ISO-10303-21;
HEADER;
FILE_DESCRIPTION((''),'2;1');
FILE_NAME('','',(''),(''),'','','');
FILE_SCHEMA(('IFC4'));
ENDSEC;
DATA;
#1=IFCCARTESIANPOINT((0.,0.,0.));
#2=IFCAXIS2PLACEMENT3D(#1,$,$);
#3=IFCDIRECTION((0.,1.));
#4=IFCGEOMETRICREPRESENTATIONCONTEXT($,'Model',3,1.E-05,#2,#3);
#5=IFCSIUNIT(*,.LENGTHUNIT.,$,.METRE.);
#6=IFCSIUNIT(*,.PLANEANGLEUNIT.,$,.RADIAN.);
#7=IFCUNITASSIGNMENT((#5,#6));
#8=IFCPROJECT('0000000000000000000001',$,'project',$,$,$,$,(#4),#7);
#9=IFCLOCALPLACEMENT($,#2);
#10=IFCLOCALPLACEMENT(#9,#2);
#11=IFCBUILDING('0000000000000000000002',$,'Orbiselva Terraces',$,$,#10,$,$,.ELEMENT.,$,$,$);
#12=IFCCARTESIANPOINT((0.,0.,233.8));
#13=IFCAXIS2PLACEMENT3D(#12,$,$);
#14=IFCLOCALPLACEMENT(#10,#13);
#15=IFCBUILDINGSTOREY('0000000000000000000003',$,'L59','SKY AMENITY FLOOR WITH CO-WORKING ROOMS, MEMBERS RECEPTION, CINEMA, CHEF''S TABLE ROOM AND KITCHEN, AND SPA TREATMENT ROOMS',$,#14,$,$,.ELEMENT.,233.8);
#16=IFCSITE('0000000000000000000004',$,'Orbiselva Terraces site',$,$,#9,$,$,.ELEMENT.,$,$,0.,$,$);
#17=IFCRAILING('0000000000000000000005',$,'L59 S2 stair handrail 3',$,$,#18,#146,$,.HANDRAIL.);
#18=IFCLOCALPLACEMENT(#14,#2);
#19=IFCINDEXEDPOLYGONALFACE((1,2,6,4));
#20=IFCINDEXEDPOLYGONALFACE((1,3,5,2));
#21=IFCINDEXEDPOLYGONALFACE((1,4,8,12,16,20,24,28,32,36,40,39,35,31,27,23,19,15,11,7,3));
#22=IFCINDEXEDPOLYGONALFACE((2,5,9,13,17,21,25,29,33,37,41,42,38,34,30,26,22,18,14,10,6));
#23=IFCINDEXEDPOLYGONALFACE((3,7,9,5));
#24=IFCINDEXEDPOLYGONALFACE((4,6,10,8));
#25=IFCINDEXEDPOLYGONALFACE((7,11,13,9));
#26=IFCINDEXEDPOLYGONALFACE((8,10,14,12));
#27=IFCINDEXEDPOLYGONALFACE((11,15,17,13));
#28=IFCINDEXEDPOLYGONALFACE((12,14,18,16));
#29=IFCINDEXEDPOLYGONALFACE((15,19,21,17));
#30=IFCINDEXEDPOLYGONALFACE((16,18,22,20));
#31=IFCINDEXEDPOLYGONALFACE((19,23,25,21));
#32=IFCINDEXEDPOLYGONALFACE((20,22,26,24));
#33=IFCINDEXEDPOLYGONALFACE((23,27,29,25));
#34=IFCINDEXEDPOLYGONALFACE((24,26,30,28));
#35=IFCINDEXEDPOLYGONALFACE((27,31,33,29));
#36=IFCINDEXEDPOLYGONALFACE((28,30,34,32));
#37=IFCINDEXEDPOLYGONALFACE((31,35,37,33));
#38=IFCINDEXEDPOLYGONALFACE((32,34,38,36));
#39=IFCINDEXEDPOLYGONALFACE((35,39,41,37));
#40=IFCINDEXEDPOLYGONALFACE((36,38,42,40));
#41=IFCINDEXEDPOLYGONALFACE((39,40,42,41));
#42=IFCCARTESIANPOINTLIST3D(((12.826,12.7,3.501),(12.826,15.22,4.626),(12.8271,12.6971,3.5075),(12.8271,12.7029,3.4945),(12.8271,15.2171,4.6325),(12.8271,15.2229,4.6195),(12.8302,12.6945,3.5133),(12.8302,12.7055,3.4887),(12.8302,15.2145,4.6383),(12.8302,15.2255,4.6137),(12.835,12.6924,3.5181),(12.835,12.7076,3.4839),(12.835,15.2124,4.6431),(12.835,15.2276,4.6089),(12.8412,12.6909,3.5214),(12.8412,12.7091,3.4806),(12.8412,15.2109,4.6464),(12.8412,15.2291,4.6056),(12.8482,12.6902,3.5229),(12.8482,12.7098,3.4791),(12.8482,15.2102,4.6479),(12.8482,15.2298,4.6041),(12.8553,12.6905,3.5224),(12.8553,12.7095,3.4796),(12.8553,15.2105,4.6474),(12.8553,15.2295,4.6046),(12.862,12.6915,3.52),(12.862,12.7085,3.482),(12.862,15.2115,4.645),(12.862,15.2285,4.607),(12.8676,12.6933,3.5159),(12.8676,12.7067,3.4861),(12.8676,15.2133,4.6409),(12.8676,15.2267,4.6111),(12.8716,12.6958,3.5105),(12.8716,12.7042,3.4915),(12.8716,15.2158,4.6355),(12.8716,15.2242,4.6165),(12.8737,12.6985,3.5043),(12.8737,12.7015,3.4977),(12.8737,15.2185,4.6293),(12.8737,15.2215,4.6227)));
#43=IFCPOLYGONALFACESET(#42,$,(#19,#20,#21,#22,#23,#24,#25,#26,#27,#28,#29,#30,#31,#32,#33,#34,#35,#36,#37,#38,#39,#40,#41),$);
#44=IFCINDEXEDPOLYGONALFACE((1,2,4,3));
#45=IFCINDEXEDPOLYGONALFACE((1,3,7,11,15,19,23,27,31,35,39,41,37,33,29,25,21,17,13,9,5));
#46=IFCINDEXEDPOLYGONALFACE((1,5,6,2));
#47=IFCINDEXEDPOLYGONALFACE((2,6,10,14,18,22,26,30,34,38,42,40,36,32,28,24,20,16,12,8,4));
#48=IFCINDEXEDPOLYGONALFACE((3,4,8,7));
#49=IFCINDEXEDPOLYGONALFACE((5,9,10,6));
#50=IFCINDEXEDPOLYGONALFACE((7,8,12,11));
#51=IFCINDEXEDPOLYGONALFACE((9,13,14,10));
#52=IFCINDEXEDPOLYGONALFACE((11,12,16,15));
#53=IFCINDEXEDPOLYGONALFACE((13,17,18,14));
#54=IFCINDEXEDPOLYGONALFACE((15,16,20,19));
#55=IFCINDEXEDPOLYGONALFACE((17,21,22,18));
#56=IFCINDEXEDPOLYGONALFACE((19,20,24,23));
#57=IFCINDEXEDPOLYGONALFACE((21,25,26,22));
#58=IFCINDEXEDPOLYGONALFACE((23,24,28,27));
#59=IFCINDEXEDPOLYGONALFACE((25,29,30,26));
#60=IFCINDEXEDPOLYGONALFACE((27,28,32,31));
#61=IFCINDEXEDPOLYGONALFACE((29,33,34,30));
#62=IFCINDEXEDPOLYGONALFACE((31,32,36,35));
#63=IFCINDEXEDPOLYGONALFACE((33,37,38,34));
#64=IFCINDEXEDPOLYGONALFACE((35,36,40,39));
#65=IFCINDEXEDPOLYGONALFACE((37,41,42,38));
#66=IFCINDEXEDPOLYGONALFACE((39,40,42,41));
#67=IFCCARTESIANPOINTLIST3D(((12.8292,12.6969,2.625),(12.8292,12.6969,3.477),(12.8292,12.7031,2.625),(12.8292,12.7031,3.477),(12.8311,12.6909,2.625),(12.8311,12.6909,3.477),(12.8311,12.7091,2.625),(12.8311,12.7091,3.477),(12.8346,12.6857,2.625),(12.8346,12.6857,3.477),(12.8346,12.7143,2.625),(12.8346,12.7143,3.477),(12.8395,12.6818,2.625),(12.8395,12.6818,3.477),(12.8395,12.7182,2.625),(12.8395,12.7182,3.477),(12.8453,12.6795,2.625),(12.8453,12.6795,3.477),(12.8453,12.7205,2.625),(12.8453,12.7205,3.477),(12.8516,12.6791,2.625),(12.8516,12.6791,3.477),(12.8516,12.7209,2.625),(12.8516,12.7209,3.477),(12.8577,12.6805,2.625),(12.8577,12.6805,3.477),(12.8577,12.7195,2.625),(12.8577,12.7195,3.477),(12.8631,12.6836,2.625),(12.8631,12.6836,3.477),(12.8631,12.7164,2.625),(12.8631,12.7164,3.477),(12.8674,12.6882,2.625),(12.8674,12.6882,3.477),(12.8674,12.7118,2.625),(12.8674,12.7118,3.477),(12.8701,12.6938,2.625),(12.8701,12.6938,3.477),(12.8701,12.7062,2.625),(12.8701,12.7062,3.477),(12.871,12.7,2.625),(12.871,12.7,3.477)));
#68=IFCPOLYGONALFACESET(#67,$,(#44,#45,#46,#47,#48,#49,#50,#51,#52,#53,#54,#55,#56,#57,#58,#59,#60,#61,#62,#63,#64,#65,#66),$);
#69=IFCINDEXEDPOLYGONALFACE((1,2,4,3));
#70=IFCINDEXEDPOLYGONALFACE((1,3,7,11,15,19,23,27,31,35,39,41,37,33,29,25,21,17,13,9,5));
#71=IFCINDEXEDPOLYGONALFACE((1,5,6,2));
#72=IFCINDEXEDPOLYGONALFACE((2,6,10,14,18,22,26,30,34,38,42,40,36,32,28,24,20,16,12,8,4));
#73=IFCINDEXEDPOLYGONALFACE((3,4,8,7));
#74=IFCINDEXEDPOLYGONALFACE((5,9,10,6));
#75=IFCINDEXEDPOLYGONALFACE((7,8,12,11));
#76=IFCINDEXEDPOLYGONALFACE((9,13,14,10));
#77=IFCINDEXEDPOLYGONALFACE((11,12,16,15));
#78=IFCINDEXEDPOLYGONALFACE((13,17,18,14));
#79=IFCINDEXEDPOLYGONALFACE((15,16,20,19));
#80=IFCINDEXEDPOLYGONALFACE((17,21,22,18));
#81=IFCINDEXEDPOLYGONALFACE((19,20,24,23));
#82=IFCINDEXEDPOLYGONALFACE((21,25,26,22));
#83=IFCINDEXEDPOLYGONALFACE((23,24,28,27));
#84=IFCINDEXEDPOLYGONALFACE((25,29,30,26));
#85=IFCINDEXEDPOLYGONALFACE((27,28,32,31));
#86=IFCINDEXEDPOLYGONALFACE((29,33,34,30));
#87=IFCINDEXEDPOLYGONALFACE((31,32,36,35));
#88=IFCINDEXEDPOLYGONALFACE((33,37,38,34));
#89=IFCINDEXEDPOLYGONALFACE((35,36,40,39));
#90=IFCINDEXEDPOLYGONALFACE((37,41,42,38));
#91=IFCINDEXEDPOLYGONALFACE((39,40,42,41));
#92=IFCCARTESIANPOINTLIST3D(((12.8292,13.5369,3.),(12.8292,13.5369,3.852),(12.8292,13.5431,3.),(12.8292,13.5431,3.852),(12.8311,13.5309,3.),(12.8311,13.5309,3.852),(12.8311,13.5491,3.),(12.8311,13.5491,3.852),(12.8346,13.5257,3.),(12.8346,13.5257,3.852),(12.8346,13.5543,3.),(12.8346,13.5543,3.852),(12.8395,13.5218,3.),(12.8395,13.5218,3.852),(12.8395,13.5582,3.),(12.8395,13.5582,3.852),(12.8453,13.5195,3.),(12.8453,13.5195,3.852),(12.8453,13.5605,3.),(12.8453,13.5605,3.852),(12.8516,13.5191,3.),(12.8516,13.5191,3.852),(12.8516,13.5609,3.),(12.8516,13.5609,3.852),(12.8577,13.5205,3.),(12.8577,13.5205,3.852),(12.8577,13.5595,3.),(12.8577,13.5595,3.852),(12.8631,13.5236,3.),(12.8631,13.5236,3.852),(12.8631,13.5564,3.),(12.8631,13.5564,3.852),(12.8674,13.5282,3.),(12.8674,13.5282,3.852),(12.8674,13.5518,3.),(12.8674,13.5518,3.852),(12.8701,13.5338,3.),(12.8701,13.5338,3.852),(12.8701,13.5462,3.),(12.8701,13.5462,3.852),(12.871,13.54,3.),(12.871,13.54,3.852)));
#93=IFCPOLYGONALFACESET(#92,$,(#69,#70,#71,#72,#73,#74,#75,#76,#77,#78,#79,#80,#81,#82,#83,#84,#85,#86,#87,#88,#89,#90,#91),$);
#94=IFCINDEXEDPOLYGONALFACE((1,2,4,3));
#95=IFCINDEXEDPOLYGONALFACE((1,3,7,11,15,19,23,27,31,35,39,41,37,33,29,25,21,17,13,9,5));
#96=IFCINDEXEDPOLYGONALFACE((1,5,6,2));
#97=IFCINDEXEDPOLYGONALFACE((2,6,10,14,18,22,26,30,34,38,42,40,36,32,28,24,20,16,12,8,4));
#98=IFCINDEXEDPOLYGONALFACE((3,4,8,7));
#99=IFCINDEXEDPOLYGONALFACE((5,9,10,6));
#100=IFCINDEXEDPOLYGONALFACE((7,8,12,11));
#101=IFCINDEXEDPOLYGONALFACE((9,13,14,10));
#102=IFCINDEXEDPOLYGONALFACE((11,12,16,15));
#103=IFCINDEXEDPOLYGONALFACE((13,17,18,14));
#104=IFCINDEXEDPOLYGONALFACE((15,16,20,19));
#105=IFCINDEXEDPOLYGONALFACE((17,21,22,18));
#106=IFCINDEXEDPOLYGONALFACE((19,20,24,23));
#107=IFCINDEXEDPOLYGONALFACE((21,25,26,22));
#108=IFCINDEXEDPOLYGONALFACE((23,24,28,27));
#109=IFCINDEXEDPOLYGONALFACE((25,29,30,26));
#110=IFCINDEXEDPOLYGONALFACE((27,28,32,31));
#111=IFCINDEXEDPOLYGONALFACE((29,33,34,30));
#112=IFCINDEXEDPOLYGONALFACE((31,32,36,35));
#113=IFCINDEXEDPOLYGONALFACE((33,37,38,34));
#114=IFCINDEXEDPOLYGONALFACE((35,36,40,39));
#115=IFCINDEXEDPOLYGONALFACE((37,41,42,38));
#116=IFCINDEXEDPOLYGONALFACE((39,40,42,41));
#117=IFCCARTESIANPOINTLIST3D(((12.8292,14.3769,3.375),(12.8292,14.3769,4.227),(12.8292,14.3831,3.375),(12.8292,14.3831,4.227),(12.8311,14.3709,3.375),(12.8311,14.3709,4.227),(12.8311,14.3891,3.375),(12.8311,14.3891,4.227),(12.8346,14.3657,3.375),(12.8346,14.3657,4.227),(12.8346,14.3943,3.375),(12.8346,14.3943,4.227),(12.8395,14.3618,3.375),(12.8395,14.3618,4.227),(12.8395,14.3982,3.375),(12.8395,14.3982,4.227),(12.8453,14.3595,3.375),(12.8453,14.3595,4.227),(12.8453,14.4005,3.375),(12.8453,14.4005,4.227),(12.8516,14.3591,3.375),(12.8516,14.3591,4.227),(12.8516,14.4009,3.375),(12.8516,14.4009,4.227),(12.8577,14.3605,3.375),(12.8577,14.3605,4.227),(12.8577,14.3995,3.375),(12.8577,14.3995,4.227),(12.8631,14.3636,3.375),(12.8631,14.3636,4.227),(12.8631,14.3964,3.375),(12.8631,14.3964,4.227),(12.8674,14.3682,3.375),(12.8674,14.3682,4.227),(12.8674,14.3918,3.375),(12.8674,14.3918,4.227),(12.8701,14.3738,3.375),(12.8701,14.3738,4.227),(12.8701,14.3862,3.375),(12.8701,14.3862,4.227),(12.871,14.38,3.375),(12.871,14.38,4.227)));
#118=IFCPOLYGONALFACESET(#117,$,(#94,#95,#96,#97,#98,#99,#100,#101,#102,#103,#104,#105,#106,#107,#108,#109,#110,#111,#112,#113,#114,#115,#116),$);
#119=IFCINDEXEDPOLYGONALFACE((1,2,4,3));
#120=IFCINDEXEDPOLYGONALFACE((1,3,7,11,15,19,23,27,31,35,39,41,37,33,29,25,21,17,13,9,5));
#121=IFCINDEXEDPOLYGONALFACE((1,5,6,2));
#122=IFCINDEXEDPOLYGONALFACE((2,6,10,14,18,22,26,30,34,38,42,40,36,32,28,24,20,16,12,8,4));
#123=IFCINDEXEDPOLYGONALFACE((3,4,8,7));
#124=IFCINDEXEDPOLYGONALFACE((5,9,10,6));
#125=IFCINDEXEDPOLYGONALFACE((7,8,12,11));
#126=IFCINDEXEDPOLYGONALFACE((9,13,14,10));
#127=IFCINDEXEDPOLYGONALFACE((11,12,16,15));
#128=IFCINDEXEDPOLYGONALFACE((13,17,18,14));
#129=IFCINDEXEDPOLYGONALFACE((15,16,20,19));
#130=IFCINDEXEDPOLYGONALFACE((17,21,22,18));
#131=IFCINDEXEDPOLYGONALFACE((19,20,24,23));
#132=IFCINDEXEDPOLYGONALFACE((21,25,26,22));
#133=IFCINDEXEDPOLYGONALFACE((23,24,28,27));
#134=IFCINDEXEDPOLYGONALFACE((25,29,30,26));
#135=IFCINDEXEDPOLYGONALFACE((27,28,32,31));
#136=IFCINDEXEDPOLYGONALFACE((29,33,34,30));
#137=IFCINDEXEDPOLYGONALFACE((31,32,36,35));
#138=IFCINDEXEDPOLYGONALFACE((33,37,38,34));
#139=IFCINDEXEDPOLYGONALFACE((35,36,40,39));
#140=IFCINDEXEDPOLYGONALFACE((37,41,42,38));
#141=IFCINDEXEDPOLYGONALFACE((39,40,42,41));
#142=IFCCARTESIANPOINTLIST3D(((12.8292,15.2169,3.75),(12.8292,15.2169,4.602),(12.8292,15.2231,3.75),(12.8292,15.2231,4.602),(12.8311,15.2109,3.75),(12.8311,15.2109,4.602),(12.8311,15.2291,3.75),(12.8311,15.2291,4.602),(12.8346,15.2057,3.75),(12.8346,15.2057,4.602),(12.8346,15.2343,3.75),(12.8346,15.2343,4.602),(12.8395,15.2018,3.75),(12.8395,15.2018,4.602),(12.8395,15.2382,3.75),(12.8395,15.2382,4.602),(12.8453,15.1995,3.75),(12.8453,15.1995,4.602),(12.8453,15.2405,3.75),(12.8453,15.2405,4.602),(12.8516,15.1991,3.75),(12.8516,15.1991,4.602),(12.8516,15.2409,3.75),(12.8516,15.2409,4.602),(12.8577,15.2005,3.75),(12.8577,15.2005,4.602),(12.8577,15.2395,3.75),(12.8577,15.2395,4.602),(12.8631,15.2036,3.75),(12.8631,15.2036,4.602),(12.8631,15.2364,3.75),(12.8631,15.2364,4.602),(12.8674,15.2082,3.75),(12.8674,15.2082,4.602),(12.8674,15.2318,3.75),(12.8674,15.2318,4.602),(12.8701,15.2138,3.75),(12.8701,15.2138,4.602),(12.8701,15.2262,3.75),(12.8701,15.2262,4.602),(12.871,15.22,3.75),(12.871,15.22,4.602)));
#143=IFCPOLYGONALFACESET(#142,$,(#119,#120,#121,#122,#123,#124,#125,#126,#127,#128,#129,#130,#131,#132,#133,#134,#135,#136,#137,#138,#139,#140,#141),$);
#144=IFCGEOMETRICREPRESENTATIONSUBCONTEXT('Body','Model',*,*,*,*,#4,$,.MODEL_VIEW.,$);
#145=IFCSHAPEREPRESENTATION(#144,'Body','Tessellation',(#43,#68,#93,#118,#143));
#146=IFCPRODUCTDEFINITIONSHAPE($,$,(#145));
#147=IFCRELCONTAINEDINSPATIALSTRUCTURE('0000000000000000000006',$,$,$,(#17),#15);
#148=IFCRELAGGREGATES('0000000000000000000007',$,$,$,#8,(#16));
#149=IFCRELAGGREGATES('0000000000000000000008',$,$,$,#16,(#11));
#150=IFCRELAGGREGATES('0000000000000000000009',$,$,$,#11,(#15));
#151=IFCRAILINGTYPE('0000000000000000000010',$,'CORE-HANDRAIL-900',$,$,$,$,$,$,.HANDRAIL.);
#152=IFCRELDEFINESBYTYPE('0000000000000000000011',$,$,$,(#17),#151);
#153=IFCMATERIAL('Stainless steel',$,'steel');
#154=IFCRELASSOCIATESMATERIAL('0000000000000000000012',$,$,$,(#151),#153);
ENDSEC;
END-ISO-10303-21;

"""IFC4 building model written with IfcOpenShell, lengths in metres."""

from ifc_helpers import new_model, si_unit, direction, frame, origin, origin_2d, place, context, subcontext, project, spatial, circle, extrude, material, type_object, element, save


model = new_model("IFC4")

# Units and contexts
model_context = context("Model", 3, precision=1e-05, world=origin(), true_north=direction((0.0, 1.0)))
body_context = subcontext(model_context, "Body", "Model", "MODEL_VIEW")
ifc_project = project(units=[si_unit("LENGTHUNIT", "METRE"), si_unit("PLANEANGLEUNIT", "RADIAN")], contexts=[model_context])

# Site, building, storey
site_placement = place(None, origin())
site = spatial("IfcSite", under=ifc_project, at=site_placement, Name="Orbiselva Terraces site", CompositionType="ELEMENT", RefElevation=0.0)
building_placement = place(site_placement, origin())
building = spatial("IfcBuilding", under=site, at=building_placement, Name="Orbiselva Terraces", CompositionType="ELEMENT")
storey_placement = place(building_placement, frame((0.0, 0.0, 233.8)))
storey = spatial("IfcBuildingStorey", under=building, at=storey_placement, Name="L59", Description="SKY AMENITY FLOOR WITH CO-WORKING ROOMS, MEMBERS RECEPTION, CINEMA, CHEF'S TABLE ROOM AND KITCHEN, AND SPA TREATMENT ROOMS", CompositionType="ELEMENT", Elevation=233.8)

# Railing
ifc_material_1 = material(Name="Stainless steel", Category="steel")
railing_type_1 = type_object("IfcRailingType", Name="CORE-HANDRAIL-900", PredefinedType="HANDRAIL", material=ifc_material_1)
railing_1_placement = place(storey_placement, frame((12.85, 12.7, 2.625)))
element("IfcRailing", 1, at=railing_1_placement, inside=storey, type_object=railing_type_1, Name="L59 S2 stair handrail 3", PredefinedType="HANDRAIL", context=body_context, shape_type="SweptSolid", body=[
    extrude(circle(Radius=0.024, at=origin_2d()), frame((0.0, 0.0, 0.876), z_axis=(0.0, 0.913138, 0.407651), x_axis=(-1.0, 0.0, 0.0)), (0.0, 0.0, 1.0), 2.7597),
    extrude(circle(Radius=0.021, at=origin_2d()), origin(), (0.0, 0.0, 1.0), 0.852),
    extrude(circle(Radius=0.021, at=origin_2d()), frame((0.0, 0.84, 0.375)), (0.0, 0.0, 1.0), 0.852),
    extrude(circle(Radius=0.021, at=origin_2d()), frame((0.0, 1.68, 0.75)), (0.0, 0.0, 1.0), 0.852),
    extrude(circle(Radius=0.021, at=origin_2d()), frame((0.0, 2.52, 1.125)), (0.0, 0.0, 1.0), 0.852),
])

save(model, "model.ifc")
